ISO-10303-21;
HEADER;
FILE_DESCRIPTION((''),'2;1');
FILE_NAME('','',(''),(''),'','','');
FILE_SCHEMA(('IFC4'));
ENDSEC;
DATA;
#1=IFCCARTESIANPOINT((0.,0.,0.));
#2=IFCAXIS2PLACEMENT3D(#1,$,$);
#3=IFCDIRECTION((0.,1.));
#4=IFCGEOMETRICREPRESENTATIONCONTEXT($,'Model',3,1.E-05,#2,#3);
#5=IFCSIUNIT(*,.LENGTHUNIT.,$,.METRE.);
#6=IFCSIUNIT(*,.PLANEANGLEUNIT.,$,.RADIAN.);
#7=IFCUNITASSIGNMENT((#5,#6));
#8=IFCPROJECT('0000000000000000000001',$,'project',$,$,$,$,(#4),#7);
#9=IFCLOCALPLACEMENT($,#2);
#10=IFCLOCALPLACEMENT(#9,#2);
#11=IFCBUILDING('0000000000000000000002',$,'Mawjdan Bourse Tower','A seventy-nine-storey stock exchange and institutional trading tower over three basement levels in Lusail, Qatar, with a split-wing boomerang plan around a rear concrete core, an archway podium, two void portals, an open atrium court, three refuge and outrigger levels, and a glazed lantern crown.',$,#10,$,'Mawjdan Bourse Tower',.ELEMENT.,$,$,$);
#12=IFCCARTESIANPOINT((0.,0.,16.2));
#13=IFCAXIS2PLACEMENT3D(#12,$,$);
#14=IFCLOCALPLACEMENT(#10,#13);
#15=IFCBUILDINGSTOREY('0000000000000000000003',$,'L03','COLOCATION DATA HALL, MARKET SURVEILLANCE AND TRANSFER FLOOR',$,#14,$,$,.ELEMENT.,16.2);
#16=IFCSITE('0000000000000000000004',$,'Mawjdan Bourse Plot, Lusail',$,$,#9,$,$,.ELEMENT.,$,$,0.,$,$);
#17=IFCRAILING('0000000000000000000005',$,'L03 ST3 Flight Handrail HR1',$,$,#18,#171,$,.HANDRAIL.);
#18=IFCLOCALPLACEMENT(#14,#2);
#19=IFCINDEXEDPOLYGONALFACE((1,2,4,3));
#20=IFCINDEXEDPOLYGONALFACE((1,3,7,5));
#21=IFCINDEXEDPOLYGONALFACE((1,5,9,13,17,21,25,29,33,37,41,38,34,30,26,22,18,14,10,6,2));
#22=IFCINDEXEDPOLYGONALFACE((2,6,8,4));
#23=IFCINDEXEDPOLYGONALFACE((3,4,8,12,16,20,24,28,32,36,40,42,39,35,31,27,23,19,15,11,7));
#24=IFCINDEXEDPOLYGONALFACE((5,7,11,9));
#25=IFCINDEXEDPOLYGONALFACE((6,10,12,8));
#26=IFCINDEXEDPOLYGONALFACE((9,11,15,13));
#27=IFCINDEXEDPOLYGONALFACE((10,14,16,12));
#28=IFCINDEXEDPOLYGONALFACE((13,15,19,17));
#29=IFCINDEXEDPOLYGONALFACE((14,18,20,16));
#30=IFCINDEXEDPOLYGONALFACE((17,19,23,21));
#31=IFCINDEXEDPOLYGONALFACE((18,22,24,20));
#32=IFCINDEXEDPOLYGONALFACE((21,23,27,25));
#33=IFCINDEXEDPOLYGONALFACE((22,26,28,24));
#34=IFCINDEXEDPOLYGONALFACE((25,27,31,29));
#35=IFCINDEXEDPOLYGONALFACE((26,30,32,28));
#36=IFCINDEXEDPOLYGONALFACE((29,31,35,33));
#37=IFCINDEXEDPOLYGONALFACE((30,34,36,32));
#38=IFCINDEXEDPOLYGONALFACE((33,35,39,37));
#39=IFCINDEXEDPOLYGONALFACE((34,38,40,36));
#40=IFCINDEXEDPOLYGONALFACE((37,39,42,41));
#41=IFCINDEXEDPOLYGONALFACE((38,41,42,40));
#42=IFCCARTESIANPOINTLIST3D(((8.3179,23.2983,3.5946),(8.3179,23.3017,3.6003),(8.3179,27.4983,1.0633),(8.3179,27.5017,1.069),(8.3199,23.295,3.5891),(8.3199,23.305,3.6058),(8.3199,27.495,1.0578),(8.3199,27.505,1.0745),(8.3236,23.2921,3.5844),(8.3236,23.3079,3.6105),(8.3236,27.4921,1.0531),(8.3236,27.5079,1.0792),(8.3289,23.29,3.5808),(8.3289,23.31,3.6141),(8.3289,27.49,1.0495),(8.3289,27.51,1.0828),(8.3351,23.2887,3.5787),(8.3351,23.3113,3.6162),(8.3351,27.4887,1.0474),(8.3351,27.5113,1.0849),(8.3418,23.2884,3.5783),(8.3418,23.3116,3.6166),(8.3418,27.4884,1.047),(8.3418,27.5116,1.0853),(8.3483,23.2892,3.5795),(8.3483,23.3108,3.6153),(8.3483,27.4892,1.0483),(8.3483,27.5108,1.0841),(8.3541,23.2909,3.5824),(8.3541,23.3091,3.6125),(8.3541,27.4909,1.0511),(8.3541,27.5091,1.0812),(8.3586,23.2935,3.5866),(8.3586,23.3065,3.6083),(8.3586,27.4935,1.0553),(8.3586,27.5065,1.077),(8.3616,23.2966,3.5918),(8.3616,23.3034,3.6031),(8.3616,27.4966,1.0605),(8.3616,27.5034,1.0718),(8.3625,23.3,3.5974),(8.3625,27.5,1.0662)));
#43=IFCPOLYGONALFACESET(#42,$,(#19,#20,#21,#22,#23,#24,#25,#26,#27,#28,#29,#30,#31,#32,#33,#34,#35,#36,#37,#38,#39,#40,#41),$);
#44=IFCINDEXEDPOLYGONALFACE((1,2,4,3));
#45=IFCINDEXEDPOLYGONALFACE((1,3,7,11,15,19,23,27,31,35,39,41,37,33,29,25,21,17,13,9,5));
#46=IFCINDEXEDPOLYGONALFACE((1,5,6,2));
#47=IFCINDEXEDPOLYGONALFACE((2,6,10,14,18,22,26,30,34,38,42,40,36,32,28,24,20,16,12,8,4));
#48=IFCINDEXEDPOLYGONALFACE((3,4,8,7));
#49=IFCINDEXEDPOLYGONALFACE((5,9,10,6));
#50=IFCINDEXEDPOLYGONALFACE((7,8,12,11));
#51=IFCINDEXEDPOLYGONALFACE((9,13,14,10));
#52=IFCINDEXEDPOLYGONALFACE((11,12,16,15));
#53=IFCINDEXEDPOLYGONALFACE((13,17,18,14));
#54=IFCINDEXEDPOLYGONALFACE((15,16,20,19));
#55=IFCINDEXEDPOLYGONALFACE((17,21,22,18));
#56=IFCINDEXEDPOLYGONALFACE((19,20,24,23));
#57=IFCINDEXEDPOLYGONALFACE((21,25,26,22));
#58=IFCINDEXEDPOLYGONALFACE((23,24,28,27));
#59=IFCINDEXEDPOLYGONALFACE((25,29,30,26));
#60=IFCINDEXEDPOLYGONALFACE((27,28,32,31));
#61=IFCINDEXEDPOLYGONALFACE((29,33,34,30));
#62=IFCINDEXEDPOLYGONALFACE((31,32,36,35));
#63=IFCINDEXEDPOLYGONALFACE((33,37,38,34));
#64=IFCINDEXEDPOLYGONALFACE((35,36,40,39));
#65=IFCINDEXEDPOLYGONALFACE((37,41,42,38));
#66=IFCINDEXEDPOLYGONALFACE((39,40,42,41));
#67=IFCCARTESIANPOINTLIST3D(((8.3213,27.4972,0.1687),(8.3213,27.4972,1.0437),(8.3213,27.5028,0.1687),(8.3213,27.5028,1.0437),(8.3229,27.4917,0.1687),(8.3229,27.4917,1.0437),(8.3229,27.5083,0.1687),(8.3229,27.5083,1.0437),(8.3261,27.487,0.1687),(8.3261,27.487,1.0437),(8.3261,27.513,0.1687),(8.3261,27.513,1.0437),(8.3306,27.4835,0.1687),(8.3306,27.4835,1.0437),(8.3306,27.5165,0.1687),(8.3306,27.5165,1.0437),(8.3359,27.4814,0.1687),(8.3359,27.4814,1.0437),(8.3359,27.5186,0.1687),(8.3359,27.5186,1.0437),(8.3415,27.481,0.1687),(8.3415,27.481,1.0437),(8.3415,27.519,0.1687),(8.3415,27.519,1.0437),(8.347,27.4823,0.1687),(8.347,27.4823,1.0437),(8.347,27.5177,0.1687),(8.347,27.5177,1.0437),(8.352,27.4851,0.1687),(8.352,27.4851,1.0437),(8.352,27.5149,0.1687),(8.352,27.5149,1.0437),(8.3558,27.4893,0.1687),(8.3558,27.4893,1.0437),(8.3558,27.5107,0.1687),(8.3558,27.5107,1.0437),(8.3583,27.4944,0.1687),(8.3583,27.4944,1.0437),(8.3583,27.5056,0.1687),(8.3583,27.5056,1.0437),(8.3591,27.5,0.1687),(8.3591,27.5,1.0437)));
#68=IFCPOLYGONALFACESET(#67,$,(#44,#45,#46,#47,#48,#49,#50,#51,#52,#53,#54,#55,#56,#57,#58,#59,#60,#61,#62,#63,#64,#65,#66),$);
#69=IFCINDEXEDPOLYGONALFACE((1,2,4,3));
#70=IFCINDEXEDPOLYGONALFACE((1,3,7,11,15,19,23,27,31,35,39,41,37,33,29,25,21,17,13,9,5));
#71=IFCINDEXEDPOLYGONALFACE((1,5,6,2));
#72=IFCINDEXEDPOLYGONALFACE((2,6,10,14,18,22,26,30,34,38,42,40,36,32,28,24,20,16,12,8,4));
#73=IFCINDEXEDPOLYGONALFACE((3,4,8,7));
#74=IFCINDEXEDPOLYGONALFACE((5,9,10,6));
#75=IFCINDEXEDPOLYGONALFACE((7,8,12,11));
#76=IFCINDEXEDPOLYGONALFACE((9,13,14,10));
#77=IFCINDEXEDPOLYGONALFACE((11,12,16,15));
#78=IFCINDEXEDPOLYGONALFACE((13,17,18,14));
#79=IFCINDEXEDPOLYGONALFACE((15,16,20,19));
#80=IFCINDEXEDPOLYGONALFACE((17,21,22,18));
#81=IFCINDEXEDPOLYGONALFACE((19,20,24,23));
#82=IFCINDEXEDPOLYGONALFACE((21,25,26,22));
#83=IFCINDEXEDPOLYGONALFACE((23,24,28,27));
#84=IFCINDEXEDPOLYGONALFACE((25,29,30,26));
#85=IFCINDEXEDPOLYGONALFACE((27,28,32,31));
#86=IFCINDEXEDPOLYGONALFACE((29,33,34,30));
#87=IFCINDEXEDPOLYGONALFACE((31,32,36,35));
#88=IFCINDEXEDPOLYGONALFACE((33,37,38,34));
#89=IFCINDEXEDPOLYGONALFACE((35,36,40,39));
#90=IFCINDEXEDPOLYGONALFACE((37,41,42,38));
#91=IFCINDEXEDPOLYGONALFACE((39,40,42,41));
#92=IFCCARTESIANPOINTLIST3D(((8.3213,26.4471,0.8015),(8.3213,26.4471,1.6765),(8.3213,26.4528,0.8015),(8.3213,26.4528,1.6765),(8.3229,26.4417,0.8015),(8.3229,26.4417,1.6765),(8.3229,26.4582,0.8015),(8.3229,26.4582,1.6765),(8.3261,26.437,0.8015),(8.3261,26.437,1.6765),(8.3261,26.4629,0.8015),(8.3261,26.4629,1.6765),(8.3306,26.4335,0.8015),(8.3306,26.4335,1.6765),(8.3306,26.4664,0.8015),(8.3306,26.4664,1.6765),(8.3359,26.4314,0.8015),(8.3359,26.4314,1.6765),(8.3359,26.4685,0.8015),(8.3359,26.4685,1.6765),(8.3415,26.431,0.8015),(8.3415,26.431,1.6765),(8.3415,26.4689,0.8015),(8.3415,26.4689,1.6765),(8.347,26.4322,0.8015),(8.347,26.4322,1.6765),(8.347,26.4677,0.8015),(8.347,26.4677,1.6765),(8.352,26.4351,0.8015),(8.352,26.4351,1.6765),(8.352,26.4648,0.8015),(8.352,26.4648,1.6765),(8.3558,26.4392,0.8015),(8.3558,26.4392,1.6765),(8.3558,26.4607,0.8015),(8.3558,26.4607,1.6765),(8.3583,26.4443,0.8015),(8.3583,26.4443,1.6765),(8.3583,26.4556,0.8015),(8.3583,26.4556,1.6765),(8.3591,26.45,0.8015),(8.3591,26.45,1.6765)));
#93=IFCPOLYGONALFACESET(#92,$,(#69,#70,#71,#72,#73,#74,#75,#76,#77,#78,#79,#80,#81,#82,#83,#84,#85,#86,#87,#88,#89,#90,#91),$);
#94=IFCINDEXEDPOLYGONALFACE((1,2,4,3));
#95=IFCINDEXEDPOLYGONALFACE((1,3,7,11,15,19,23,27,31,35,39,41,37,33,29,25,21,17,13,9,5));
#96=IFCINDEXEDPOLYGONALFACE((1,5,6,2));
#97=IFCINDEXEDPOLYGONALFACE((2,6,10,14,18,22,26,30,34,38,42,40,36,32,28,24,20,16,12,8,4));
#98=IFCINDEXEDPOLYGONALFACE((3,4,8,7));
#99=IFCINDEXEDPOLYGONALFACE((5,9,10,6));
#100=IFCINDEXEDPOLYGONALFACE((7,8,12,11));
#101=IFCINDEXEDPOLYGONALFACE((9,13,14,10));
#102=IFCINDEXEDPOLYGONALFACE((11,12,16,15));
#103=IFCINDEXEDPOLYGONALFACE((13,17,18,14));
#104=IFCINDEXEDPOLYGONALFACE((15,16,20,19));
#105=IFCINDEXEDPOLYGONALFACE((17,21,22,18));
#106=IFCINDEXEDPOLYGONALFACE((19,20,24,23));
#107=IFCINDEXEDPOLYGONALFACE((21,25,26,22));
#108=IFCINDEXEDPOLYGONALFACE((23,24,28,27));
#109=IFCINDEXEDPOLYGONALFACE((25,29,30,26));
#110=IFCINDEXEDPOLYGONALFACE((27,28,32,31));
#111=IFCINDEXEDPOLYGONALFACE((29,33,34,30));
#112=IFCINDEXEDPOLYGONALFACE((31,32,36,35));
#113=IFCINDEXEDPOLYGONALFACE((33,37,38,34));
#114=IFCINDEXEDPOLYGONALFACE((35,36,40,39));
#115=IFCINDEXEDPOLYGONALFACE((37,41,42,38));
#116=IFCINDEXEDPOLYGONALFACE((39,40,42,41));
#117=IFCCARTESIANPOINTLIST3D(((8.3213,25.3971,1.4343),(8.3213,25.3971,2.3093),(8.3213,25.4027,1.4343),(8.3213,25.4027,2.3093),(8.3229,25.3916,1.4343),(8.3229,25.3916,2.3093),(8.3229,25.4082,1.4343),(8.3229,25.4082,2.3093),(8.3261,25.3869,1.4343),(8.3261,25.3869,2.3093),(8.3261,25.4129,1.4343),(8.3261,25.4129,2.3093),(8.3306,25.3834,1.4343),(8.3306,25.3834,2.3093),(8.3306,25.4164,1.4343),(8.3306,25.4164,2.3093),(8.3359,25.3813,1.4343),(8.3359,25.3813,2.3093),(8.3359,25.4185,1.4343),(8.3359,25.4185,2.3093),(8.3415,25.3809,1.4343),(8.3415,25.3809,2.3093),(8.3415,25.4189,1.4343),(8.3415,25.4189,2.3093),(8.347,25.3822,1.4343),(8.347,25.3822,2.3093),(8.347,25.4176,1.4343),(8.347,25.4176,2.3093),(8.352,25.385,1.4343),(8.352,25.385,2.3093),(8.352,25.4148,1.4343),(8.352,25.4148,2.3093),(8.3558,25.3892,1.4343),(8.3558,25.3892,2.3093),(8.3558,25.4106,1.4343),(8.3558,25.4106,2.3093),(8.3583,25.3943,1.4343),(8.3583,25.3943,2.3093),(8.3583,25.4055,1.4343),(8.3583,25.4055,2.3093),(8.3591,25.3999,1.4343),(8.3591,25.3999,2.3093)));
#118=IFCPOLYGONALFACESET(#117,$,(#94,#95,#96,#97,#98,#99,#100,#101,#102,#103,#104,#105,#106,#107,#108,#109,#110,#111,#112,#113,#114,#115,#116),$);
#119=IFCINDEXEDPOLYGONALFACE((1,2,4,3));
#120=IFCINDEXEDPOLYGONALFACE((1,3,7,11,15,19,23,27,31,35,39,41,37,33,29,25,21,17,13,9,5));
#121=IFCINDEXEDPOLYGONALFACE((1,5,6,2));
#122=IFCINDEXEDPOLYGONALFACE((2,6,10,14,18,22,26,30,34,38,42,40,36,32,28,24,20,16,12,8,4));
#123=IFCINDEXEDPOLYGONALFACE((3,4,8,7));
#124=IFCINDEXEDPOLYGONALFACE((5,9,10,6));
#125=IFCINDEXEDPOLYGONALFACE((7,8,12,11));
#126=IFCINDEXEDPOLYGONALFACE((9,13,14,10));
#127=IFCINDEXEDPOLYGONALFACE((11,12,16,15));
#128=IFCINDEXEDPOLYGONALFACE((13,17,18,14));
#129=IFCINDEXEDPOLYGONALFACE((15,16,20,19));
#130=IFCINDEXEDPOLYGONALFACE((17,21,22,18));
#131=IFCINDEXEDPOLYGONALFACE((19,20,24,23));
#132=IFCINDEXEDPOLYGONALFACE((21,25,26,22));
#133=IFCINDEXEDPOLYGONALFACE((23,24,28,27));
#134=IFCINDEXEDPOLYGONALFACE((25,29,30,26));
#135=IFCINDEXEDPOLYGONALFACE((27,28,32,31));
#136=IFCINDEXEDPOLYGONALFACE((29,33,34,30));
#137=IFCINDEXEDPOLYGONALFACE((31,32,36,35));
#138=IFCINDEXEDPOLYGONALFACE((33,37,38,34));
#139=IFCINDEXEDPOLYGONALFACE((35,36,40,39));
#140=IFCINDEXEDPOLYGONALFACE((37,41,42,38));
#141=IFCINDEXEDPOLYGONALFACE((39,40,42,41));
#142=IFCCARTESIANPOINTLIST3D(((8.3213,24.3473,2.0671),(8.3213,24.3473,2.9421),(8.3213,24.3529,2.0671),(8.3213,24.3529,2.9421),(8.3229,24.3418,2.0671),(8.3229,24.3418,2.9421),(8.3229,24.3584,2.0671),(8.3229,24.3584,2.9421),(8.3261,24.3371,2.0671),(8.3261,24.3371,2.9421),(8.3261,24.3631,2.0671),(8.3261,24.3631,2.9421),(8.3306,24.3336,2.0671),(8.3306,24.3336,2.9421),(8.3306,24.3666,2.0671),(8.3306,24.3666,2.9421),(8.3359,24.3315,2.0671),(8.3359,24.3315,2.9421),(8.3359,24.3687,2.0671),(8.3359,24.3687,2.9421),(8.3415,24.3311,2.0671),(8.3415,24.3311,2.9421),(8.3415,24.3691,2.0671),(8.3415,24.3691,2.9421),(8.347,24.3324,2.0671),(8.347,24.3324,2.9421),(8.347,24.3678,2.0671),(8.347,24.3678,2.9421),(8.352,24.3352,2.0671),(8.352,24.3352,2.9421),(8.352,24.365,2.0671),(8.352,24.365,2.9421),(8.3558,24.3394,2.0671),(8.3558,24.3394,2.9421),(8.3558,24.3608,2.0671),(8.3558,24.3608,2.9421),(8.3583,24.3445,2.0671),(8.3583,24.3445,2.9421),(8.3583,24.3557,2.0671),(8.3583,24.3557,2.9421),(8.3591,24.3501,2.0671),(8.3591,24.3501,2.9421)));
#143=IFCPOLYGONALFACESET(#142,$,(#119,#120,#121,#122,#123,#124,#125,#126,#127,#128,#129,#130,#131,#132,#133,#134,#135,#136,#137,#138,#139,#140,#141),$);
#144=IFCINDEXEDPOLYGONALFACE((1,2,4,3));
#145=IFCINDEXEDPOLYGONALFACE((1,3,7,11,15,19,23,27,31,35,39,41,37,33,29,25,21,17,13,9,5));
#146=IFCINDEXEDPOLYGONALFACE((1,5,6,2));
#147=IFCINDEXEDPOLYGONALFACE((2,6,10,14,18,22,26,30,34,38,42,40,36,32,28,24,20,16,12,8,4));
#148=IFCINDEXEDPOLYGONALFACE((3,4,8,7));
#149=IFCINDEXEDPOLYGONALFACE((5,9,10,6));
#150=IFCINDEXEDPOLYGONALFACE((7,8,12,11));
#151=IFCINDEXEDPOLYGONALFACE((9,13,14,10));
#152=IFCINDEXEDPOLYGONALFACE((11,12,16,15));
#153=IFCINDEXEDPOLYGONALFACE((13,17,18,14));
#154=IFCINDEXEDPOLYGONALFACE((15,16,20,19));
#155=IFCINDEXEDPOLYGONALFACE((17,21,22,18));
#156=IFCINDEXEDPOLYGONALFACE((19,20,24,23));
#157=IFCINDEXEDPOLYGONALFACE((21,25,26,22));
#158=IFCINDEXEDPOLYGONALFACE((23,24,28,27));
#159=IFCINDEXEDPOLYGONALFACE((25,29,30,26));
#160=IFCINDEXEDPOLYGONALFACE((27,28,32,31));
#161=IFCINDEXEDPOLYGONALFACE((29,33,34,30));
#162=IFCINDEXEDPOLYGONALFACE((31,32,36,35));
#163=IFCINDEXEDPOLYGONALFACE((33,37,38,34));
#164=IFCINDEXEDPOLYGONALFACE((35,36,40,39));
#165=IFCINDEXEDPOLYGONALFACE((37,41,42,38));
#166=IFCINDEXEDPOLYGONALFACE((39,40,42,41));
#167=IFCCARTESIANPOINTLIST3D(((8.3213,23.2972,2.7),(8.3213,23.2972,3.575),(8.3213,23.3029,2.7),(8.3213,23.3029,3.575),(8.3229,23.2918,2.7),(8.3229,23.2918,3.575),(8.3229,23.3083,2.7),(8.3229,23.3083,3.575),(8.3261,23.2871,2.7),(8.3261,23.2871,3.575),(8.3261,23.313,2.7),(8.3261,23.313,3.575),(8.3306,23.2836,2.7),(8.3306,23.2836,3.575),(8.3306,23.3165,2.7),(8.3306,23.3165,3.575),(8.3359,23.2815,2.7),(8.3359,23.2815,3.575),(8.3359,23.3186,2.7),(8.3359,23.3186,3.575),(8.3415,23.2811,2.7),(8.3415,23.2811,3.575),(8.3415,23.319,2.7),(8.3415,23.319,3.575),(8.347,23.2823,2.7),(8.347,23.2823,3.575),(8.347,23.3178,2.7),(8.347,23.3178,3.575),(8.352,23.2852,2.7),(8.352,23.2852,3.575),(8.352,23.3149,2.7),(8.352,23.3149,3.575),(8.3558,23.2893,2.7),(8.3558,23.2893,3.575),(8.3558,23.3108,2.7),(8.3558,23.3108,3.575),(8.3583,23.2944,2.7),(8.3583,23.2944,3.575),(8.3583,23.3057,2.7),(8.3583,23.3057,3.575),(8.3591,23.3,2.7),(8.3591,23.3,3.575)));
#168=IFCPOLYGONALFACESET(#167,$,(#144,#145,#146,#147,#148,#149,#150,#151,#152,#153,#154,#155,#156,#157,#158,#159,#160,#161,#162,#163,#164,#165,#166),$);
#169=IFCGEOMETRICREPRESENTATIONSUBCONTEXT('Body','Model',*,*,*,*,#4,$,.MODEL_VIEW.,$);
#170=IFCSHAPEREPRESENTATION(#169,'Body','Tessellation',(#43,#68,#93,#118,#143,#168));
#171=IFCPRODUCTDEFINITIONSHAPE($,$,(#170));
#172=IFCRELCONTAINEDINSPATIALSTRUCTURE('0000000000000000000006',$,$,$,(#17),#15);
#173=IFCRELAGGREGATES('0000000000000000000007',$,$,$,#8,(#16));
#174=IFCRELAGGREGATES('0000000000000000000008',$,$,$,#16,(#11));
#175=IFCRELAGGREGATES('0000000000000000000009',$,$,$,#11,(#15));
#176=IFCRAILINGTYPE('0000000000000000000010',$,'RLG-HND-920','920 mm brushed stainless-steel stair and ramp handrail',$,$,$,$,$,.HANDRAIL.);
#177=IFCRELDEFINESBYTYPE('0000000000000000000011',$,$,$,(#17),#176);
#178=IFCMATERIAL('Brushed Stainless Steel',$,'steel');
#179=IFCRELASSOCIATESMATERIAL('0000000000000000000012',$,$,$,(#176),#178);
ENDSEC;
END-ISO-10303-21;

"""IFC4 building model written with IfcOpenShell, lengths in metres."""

from ifc_helpers import new_model, si_unit, direction, frame, origin, origin_2d, place, context, subcontext, project, spatial, circle, extrude, material, type_object, element, save


model = new_model("IFC4")

# Units and contexts
model_context = context("Model", 3, precision=1e-05, world=origin(), true_north=direction((0.0, 1.0)))
body_context = subcontext(model_context, "Body", "Model", "MODEL_VIEW")
ifc_project = project(units=[si_unit("LENGTHUNIT", "METRE"), si_unit("PLANEANGLEUNIT", "RADIAN")], contexts=[model_context])

# Site, building, storey
site_placement = place(None, origin())
site = spatial("IfcSite", under=ifc_project, at=site_placement, Name="Mawjdan Bourse Plot, Lusail", CompositionType="ELEMENT", RefElevation=0.0)
building_placement = place(site_placement, origin())
building = spatial("IfcBuilding", under=site, at=building_placement, Name="Mawjdan Bourse Tower", Description="A seventy-nine-storey stock exchange and institutional trading tower over three basement levels in Lusail, Qatar, with a split-wing boomerang plan around a rear concrete core, an archway podium, two void portals, an open atrium court, three refuge and outrigger levels, and a glazed lantern crown.", LongName="Mawjdan Bourse Tower", CompositionType="ELEMENT")
storey_placement = place(building_placement, frame((0.0, 0.0, 16.2)))
storey = spatial("IfcBuildingStorey", under=building, at=storey_placement, Name="L03", Description="COLOCATION DATA HALL, MARKET SURVEILLANCE AND TRANSFER FLOOR", CompositionType="ELEMENT", Elevation=16.2)

# Railing
ifc_material_1 = material(Name="Brushed Stainless Steel", Category="steel")
railing_type_1 = type_object("IfcRailingType", Name="RLG-HND-920", Description="920 mm brushed stainless-steel stair and ramp handrail", PredefinedType="HANDRAIL", material=ifc_material_1)
for number, where, name in (
    (1, (8.3401, 27.5, 0.1687), "L03 ST3 Flight Handrail HR1"),
):
    element("IfcRailing", number, at=place(storey_placement, frame(where)), inside=storey, type_object=railing_type_1, Name=name, PredefinedType="HANDRAIL", context=body_context, shape_type="SweptSolid", body=[
        extrude(circle(Radius=0.0225, at=origin_2d()), frame((0.0, 0.0, 0.8975), z_axis=(0.0, -0.856476, 0.516186), x_axis=(1.0, 0.0, 0.0)), (0.0, 0.0, 1.0), 4.9038),
        extrude(circle(Radius=0.019, at=origin_2d()), origin(), (0.0, 0.0, 1.0), 0.875),
        extrude(circle(Radius=0.019, at=origin_2d()), frame((0.0, -1.05, 0.6328)), (0.0, 0.0, 1.0), 0.875),
        extrude(circle(Radius=0.019, at=origin_2d()), frame((0.0, -2.1001, 1.2656)), (0.0, 0.0, 1.0), 0.875),
        extrude(circle(Radius=0.019, at=origin_2d()), frame((0.0, -3.1499, 1.8984)), (0.0, 0.0, 1.0), 0.875),
        extrude(circle(Radius=0.019, at=origin_2d()), frame((0.0, -4.2, 2.5312)), (0.0, 0.0, 1.0), 0.875),
    ])

save(model, "model.ifc")
